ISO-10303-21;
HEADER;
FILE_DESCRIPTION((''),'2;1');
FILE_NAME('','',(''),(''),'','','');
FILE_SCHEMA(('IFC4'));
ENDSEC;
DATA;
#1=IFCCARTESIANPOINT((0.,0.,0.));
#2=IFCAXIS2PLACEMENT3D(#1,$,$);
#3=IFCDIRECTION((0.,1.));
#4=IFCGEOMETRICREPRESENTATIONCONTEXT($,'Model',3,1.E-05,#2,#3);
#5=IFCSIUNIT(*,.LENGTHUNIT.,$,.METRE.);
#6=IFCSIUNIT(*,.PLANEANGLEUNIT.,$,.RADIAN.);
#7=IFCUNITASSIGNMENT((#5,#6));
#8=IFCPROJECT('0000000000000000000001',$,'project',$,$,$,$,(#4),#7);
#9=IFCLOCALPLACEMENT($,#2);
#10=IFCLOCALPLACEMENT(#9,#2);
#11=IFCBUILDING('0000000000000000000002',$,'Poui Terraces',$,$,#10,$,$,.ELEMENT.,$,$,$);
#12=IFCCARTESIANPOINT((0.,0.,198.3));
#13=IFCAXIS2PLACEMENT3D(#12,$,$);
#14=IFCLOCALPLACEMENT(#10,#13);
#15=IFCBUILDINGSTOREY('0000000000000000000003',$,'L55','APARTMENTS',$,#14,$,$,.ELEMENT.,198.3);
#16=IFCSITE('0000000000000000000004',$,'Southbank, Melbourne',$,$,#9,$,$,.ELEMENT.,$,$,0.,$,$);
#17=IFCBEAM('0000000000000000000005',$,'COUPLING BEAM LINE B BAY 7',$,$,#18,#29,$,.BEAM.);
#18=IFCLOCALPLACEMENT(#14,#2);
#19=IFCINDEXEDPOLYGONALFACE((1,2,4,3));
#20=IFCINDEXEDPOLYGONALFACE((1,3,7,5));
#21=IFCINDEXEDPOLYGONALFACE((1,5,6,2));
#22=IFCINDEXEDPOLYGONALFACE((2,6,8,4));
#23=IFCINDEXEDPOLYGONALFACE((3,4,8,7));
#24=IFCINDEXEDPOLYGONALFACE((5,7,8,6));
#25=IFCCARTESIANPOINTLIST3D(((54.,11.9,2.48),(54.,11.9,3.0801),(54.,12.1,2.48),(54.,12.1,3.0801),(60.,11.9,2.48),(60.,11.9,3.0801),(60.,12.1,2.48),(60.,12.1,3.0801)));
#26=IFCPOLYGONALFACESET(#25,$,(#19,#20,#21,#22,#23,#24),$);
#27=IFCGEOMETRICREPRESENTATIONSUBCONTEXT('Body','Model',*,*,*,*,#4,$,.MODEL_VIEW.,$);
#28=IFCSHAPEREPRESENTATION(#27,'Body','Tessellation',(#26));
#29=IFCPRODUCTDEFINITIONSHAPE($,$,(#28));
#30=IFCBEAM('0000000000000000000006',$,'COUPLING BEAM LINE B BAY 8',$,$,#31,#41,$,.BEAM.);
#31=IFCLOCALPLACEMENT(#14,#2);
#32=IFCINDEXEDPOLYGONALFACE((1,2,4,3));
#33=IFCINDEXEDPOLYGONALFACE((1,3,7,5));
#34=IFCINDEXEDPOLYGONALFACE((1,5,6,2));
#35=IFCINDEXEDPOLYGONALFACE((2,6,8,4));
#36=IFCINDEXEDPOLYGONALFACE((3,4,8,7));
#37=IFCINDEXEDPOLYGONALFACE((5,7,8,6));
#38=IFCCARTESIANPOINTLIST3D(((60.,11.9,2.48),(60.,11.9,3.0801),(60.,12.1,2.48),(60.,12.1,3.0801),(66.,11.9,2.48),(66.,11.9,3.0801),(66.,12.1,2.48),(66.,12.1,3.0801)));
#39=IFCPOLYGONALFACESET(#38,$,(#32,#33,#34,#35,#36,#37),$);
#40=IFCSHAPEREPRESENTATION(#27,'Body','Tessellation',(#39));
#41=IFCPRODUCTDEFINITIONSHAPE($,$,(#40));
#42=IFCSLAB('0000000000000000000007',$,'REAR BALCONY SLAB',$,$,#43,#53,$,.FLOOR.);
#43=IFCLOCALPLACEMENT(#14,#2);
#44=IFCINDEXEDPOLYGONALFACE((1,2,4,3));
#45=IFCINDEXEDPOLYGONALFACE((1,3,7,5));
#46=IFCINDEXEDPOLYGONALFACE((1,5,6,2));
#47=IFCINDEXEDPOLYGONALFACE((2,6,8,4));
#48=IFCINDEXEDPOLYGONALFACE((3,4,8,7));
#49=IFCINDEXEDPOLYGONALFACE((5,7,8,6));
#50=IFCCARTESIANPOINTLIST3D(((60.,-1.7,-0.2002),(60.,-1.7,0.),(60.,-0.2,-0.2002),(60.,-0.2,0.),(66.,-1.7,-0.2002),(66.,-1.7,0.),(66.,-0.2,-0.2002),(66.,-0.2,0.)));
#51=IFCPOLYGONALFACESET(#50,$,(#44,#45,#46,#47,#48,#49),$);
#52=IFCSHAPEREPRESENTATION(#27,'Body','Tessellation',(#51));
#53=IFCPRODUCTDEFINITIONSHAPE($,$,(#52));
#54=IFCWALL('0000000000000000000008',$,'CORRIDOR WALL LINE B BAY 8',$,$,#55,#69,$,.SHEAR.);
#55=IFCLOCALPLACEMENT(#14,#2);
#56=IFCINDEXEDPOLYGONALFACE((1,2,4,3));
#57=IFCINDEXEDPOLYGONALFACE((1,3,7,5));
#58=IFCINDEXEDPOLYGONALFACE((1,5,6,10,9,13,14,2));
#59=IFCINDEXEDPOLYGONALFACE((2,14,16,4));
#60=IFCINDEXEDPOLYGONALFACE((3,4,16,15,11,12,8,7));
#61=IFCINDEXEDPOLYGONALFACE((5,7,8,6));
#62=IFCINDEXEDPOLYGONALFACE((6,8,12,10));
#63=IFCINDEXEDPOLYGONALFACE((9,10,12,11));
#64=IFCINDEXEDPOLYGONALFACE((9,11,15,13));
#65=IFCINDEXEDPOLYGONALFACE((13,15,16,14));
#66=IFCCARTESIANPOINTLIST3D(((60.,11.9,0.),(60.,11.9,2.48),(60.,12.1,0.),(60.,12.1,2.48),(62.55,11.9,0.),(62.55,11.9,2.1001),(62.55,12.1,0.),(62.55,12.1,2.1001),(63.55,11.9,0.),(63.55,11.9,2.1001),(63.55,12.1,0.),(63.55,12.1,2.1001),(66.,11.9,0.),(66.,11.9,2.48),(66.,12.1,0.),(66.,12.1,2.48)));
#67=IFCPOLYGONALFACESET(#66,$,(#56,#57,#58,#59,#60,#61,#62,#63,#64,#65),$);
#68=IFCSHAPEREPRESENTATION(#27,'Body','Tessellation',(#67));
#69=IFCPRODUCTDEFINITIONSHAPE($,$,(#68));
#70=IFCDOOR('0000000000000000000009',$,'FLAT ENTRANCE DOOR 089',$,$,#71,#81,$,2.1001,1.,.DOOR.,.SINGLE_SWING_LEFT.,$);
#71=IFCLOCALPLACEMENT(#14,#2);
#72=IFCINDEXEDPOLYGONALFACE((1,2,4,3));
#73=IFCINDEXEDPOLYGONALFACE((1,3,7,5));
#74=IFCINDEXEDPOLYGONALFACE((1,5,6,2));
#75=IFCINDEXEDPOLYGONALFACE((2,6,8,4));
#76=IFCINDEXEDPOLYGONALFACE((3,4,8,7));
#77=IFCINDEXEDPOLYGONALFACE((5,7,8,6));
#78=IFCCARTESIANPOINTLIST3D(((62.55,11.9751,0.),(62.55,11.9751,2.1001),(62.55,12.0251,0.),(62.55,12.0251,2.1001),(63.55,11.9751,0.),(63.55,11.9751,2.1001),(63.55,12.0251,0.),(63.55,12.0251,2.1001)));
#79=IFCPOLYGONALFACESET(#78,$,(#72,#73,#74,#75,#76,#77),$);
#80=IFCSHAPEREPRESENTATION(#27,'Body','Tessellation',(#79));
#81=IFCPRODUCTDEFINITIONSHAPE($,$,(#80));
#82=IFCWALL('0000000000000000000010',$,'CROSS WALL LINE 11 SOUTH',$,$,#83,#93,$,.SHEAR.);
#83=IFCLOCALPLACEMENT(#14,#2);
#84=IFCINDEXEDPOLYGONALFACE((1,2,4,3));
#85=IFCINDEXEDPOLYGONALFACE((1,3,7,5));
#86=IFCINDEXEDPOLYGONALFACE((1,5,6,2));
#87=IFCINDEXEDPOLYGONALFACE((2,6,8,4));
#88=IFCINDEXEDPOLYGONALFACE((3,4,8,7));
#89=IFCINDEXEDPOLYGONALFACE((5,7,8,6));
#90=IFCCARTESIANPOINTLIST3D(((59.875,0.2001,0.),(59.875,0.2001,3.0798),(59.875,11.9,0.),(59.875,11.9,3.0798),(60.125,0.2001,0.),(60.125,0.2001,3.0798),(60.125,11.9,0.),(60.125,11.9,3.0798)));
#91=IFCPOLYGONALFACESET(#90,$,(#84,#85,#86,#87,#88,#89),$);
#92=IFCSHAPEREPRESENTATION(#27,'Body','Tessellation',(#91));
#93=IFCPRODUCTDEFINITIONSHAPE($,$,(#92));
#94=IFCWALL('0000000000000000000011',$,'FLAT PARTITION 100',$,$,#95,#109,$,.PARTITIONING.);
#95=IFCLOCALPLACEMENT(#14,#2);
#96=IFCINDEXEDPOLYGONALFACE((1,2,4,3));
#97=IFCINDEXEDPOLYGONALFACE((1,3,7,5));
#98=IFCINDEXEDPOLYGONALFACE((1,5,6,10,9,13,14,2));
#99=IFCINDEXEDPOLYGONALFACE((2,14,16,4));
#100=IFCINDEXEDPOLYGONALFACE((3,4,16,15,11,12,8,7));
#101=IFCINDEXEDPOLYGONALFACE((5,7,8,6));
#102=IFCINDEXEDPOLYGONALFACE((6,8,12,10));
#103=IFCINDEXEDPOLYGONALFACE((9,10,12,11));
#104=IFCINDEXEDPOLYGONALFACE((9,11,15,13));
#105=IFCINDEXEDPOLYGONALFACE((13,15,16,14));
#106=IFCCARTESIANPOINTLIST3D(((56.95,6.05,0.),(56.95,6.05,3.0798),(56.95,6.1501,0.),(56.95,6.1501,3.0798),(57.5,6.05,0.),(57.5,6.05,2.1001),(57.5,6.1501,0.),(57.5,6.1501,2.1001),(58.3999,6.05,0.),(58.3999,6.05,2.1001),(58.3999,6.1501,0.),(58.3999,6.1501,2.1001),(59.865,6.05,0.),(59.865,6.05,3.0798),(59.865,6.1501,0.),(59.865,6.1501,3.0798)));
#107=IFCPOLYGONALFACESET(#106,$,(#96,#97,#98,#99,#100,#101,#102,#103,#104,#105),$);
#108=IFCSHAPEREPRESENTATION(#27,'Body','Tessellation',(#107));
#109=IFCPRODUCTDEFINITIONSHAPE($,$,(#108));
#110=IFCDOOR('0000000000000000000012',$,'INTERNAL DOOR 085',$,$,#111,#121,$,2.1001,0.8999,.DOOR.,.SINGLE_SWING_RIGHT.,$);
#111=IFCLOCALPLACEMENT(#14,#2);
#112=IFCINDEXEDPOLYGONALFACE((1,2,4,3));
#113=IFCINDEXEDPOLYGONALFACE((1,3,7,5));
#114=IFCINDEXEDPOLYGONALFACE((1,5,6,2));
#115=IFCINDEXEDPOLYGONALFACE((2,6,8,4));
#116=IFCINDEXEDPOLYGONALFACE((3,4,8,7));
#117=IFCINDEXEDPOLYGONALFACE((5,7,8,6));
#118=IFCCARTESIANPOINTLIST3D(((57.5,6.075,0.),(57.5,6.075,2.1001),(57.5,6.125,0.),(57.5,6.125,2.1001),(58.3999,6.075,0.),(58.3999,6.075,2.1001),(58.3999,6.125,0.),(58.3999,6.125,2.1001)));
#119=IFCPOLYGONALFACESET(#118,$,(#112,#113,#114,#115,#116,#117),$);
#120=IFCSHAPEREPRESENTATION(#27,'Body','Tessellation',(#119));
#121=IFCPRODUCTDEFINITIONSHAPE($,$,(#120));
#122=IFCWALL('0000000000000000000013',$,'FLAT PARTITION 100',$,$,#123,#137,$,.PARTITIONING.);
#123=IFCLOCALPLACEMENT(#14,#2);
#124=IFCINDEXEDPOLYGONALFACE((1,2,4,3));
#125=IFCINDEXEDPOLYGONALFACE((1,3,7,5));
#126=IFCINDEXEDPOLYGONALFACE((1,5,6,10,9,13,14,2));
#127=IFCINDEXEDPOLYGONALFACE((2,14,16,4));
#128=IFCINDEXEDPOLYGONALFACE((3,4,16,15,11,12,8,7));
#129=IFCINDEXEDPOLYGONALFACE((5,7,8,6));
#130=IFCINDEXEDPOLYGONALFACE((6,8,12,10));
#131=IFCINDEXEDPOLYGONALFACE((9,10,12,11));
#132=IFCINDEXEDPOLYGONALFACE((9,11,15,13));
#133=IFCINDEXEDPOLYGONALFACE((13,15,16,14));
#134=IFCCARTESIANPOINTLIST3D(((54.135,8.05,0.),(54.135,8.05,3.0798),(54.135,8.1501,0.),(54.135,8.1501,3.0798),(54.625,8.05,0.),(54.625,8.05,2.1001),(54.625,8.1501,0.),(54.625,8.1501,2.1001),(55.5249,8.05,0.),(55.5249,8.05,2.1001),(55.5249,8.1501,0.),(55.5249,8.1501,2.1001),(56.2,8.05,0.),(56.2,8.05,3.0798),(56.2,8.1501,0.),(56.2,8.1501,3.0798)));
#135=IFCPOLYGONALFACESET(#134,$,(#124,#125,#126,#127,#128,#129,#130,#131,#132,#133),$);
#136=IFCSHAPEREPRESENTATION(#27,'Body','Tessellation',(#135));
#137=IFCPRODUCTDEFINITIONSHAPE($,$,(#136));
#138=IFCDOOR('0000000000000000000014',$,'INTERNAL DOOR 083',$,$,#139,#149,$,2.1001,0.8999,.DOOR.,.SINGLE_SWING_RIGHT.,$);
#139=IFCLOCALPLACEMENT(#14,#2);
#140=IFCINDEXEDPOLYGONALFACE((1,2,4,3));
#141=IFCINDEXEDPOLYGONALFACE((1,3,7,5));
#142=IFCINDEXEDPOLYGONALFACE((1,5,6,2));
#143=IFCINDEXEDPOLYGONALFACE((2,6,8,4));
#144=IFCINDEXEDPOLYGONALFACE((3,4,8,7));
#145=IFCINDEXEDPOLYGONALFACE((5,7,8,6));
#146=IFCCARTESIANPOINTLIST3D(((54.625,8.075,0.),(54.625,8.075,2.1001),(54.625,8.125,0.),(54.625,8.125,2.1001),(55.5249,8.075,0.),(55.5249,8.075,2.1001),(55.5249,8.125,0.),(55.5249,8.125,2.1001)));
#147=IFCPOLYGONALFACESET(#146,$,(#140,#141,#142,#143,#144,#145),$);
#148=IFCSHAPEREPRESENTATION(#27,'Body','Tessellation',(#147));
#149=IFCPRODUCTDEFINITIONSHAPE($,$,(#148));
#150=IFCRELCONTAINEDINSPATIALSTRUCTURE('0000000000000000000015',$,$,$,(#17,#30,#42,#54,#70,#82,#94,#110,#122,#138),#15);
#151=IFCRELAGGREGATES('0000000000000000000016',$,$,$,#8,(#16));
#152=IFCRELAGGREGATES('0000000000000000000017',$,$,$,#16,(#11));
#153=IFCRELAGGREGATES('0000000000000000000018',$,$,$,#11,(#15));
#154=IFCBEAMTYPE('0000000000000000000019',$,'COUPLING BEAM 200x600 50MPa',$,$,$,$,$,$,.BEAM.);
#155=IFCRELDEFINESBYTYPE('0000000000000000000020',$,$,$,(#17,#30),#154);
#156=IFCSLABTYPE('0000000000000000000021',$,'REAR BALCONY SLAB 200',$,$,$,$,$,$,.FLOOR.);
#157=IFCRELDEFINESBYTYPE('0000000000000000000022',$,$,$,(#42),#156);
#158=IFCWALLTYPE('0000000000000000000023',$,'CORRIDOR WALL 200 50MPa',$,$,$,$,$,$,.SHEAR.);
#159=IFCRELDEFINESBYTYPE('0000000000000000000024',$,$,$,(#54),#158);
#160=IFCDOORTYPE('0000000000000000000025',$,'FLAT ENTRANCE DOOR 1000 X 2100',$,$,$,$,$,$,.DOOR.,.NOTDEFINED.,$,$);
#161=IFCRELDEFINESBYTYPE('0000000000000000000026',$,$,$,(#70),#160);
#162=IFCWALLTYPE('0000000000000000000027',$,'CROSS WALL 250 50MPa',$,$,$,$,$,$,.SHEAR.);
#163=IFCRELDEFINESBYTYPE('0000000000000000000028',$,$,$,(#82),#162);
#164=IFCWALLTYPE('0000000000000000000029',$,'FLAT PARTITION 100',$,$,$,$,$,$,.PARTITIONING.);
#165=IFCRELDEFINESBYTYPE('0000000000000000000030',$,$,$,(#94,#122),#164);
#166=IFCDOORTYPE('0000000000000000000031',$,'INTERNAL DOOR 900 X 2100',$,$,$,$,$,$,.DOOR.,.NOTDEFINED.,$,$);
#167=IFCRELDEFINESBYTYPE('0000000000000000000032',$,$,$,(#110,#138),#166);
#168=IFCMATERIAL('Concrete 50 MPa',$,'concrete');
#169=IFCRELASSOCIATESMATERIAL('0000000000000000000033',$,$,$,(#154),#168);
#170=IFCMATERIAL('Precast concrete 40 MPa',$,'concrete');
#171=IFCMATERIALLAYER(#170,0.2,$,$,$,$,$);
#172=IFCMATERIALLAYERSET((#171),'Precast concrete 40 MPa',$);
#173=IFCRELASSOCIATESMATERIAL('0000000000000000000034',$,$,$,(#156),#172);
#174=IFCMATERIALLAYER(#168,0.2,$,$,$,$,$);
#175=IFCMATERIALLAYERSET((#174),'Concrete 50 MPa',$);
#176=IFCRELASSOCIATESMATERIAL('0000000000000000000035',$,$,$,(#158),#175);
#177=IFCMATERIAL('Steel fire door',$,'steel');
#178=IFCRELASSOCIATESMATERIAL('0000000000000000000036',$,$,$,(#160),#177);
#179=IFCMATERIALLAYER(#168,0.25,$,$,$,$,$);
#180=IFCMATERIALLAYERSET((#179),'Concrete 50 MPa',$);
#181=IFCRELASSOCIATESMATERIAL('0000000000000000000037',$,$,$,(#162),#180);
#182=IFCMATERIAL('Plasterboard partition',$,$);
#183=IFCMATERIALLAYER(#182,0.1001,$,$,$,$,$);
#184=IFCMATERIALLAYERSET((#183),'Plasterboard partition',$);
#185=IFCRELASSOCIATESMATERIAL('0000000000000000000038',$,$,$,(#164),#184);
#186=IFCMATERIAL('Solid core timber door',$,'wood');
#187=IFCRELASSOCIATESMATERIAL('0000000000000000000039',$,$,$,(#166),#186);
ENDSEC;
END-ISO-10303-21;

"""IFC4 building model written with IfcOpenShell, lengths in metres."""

from ifc_helpers import new_model, si_unit, direction, frame, frame_2d, origin, origin_2d, place, context, subcontext, project, spatial, polyline, rectangle, outline, extrude, source, transform, mapped, material, layer, layer_set, material_profile, profile_set, type_object, element, fill, save


model = new_model("IFC4")

# Units and contexts
model_context = context("Model", 3, precision=1e-05, world=origin(), true_north=direction((0.0, 1.0)))
body_context = subcontext(model_context, "Body", "Model", "MODEL_VIEW")
ifc_project = project(units=[si_unit("LENGTHUNIT", "METRE"), si_unit("PLANEANGLEUNIT", "RADIAN")], contexts=[model_context])

# Site, building, storey
site_placement = place(None, origin())
site = spatial("IfcSite", under=ifc_project, at=site_placement, Name="Southbank, Melbourne", CompositionType="ELEMENT", RefElevation=0.0)
building_placement = place(site_placement, origin())
building = spatial("IfcBuilding", under=site, at=building_placement, Name="Poui Terraces", CompositionType="ELEMENT")
storey_placement = place(building_placement, frame((0.0, 0.0, 198.3)))
storey = spatial("IfcBuildingStorey", under=building, at=storey_placement, Name="L55", Description="APARTMENTS", CompositionType="ELEMENT", Elevation=198.3)

# Beams
ifc_material_1 = material(Name="Concrete 50 MPa", Category="concrete")
ifc_material_profile_1 = material_profile(ifc_material_1, rectangle(XDim=0.2, YDim=0.6001, at=origin_2d()), Name="RC 200x600")
ifc_profile_set_1 = profile_set([ifc_material_profile_1], Name="Concrete 50 MPa")
beam_type = type_object("IfcBeamType", Name="COUPLING BEAM 200x600 50MPa", PredefinedType="BEAM", material=ifc_profile_set_1)
shared_shape_1 = source(origin(), body_context, "Body", "SweptSolid", [
    extrude(rectangle(XDim=0.2, YDim=0.6001, at=origin_2d()), origin(), (0.0, 0.0, 1.0), 6.0),
])
for number, where, z_axis, x_axis, name in (
    (1, (54.0, 12.0, 2.78), (1.0, 0.0, 0.0), (0.0, 1.0, 0.0), "COUPLING BEAM LINE B BAY 7"),
    (2, (60.0, 12.0, 2.78), (1.0, 0.0, 0.0), (0.0, 1.0, 0.0), "COUPLING BEAM LINE B BAY 8"),
):
    element("IfcBeam", number, at=place(storey_placement, frame(where, z_axis=z_axis, x_axis=x_axis)), inside=storey, type_object=beam_type, Name=name, PredefinedType="BEAM", context=body_context, shape_type="MappedRepresentation", body=[
        mapped(shared_shape_1, transform((0.0, 0.0, 0.0))),
    ])

# Slab
ifc_material_2 = material(Name="Precast concrete 40 MPa", Category="concrete")
ifc_layer_1 = layer(ifc_material_2, 0.2)
ifc_layer_set_1 = layer_set([ifc_layer_1], Name="Precast concrete 40 MPa")
slab_type = type_object("IfcSlabType", Name="REAR BALCONY SLAB 200", PredefinedType="FLOOR", material=ifc_layer_set_1)
shared_shape_2 = source(origin(), body_context, "Body", "SweptSolid", [
    extrude(outline(polyline([(0.0, 0.0), (6.0, 0.0), (6.0, 1.5), (0.0, 1.5), (0.0, 0.0)])), origin(), (0.0, 0.0, 1.0), 0.2002),
])
slab_placement = place(storey_placement, frame((60.0, -1.7, -0.2002)))
element("IfcSlab", 3, at=slab_placement, inside=storey, type_object=slab_type, Name="REAR BALCONY SLAB", PredefinedType="FLOOR", context=body_context, shape_type="MappedRepresentation", body=[
    mapped(shared_shape_2, transform((0.0, 0.0, 0.0))),
])

# Wall, opening, door
ifc_layer_2 = layer(ifc_material_1, 0.2)
ifc_layer_set_2 = layer_set([ifc_layer_2], Name="Concrete 50 MPa")
wall_type_1 = type_object("IfcWallType", Name="CORRIDOR WALL 200 50MPa", PredefinedType="SHEAR", material=ifc_layer_set_2)
wall_1_placement = place(storey_placement, frame((60.0, 12.0, 0.0), z_axis=(0.0, 0.0, 1.0), x_axis=(1.0, 0.0, 0.0)))
wall_1 = element("IfcWall", 4, at=wall_1_placement, inside=storey, type_object=wall_type_1, Name="CORRIDOR WALL LINE B BAY 8", PredefinedType="SHEAR", context=body_context, shape_type="SweptSolid", body=[
    extrude(rectangle(XDim=6.0, YDim=0.2, at=frame_2d((3.0, 0.0))), origin(), (0.0, 0.0, 1.0), 2.48),
])
opening_1_placement = place(wall_1_placement, frame((2.55, 0.0, 0.0)))
opening_1 = element("IfcOpeningElement", 5, at=opening_1_placement, cuts=wall_1, PredefinedType="OPENING", context=body_context, shape_type="SweptSolid", body=[
    extrude(rectangle(XDim=1.0, YDim=2.1001, at=frame_2d((0.5, 1.05))), frame((0.0, 0.1099, 0.0), z_axis=(0.0, -1.0, 0.0), x_axis=(1.0, 0.0, 0.0)), (0.0, 0.0, 1.0), 0.22),
])
ifc_material_3 = material(Name="Steel fire door", Category="steel")
door_type_1 = type_object("IfcDoorType", Name="FLAT ENTRANCE DOOR 1000 X 2100", OperationType="NOTDEFINED", PredefinedType="DOOR", material=ifc_material_3)
door_1_placement = place(opening_1_placement, frame((1.0, 0.0, 0.0), z_axis=(0.0, 0.0, 1.0), x_axis=(-1.0, 0.0, 0.0)))
door_1 = element("IfcDoor", 6, at=door_1_placement, inside=storey, type_object=door_type_1, Name="FLAT ENTRANCE DOOR 089", OperationType="SINGLE_SWING_LEFT", OverallHeight=2.1001, OverallWidth=1.0, PredefinedType="DOOR", context=body_context, shape_type="SweptSolid", body=[
    extrude(rectangle(XDim=1.0, YDim=2.1001, at=frame_2d((0.5, 1.05))), frame((0.0, 0.0249, 0.0), z_axis=(0.0, -1.0, 0.0), x_axis=(1.0, 0.0, 0.0)), (0.0, 0.0, 1.0), 0.05),
])
fill(opening_1, door_1)

# Wall
ifc_layer_3 = layer(ifc_material_1, 0.25)
ifc_layer_set_3 = layer_set([ifc_layer_3], Name="Concrete 50 MPa")
wall_type_2 = type_object("IfcWallType", Name="CROSS WALL 250 50MPa", PredefinedType="SHEAR", material=ifc_layer_set_3)
wall_2_placement = place(storey_placement, frame((60.0, 0.2, 0.0), z_axis=(0.0, 0.0, 1.0), x_axis=(0.0, 1.0, 0.0)))
element("IfcWall", 7, at=wall_2_placement, inside=storey, type_object=wall_type_2, Name="CROSS WALL LINE 11 SOUTH", PredefinedType="SHEAR", context=body_context, shape_type="SweptSolid", body=[
    extrude(rectangle(XDim=11.7, YDim=0.25, at=frame_2d((5.8501, 0.0))), origin(), (0.0, 0.0, 1.0), 3.0798),
])

# Walls, openings, doors
ifc_material_4 = material(Name="Plasterboard partition")
ifc_layer_4 = layer(ifc_material_4, 0.1001)
ifc_layer_set_4 = layer_set([ifc_layer_4], Name="Plasterboard partition")
wall_type_3 = type_object("IfcWallType", Name="FLAT PARTITION 100", PredefinedType="PARTITIONING", material=ifc_layer_set_4)
wall_3_placement = place(storey_placement, frame((56.95, 6.1001, 0.0), z_axis=(0.0, 0.0, 1.0), x_axis=(1.0, 0.0, 0.0)))
wall_3 = element("IfcWall", 8, at=wall_3_placement, inside=storey, type_object=wall_type_3, Name="FLAT PARTITION 100", PredefinedType="PARTITIONING", context=body_context, shape_type="SweptSolid", body=[
    extrude(rectangle(XDim=2.915, YDim=0.1001, at=frame_2d((1.4575, 0.0))), origin(), (0.0, 0.0, 1.0), 3.0798),
])
opening_2_placement = place(wall_3_placement, frame((0.55, 0.0, 0.0)))
opening_2 = element("IfcOpeningElement", 9, at=opening_2_placement, cuts=wall_3, PredefinedType="OPENING", context=body_context, shape_type="SweptSolid", body=[
    extrude(rectangle(XDim=0.8999, YDim=2.1001, at=frame_2d((0.45, 1.05))), frame((0.0, 0.0601, 0.0), z_axis=(0.0, -1.0, 0.0), x_axis=(1.0, 0.0, 0.0)), (0.0, 0.0, 1.0), 0.1201),
])
ifc_material_5 = material(Name="Solid core timber door", Category="wood")
door_type_2 = type_object("IfcDoorType", Name="INTERNAL DOOR 900 X 2100", OperationType="NOTDEFINED", PredefinedType="DOOR", material=ifc_material_5)
door_2_placement = place(opening_2_placement, origin())
door_2 = element("IfcDoor", 10, at=door_2_placement, inside=storey, type_object=door_type_2, Name="INTERNAL DOOR 085", OperationType="SINGLE_SWING_RIGHT", OverallHeight=2.1001, OverallWidth=0.8999, PredefinedType="DOOR", context=body_context, shape_type="SweptSolid", body=[
    extrude(rectangle(XDim=0.8999, YDim=2.1001, at=frame_2d((0.45, 1.05))), frame((0.0, 0.0249, 0.0), z_axis=(0.0, -1.0, 0.0), x_axis=(1.0, 0.0, 0.0)), (0.0, 0.0, 1.0), 0.05),
])
fill(opening_2, door_2)
wall_4_placement = place(storey_placement, frame((54.135, 8.1001, 0.0), z_axis=(0.0, 0.0, 1.0), x_axis=(1.0, 0.0, 0.0)))
wall_4 = element("IfcWall", 11, at=wall_4_placement, inside=storey, type_object=wall_type_3, Name="FLAT PARTITION 100", PredefinedType="PARTITIONING", context=body_context, shape_type="SweptSolid", body=[
    extrude(rectangle(XDim=2.0649, YDim=0.1001, at=frame_2d((1.0325, 0.0))), origin(), (0.0, 0.0, 1.0), 3.0798),
])
opening_3_placement = place(wall_4_placement, frame((0.49, 0.0, 0.0)))
opening_3 = element("IfcOpeningElement", 12, at=opening_3_placement, cuts=wall_4, PredefinedType="OPENING", context=body_context, shape_type="SweptSolid", body=[
    extrude(rectangle(XDim=0.8999, YDim=2.1001, at=frame_2d((0.45, 1.05))), frame((0.0, 0.0601, 0.0), z_axis=(0.0, -1.0, 0.0), x_axis=(1.0, 0.0, 0.0)), (0.0, 0.0, 1.0), 0.1201),
])
door_3_placement = place(opening_3_placement, origin())
door_3 = element("IfcDoor", 13, at=door_3_placement, inside=storey, type_object=door_type_2, Name="INTERNAL DOOR 083", OperationType="SINGLE_SWING_RIGHT", OverallHeight=2.1001, OverallWidth=0.8999, PredefinedType="DOOR", context=body_context, shape_type="SweptSolid", body=[
    extrude(rectangle(XDim=0.8999, YDim=2.1001, at=frame_2d((0.45, 1.05))), frame((0.0, 0.0249, 0.0), z_axis=(0.0, -1.0, 0.0), x_axis=(1.0, 0.0, 0.0)), (0.0, 0.0, 1.0), 0.05),
])
fill(opening_3, door_3)

save(model, "model.ifc")
